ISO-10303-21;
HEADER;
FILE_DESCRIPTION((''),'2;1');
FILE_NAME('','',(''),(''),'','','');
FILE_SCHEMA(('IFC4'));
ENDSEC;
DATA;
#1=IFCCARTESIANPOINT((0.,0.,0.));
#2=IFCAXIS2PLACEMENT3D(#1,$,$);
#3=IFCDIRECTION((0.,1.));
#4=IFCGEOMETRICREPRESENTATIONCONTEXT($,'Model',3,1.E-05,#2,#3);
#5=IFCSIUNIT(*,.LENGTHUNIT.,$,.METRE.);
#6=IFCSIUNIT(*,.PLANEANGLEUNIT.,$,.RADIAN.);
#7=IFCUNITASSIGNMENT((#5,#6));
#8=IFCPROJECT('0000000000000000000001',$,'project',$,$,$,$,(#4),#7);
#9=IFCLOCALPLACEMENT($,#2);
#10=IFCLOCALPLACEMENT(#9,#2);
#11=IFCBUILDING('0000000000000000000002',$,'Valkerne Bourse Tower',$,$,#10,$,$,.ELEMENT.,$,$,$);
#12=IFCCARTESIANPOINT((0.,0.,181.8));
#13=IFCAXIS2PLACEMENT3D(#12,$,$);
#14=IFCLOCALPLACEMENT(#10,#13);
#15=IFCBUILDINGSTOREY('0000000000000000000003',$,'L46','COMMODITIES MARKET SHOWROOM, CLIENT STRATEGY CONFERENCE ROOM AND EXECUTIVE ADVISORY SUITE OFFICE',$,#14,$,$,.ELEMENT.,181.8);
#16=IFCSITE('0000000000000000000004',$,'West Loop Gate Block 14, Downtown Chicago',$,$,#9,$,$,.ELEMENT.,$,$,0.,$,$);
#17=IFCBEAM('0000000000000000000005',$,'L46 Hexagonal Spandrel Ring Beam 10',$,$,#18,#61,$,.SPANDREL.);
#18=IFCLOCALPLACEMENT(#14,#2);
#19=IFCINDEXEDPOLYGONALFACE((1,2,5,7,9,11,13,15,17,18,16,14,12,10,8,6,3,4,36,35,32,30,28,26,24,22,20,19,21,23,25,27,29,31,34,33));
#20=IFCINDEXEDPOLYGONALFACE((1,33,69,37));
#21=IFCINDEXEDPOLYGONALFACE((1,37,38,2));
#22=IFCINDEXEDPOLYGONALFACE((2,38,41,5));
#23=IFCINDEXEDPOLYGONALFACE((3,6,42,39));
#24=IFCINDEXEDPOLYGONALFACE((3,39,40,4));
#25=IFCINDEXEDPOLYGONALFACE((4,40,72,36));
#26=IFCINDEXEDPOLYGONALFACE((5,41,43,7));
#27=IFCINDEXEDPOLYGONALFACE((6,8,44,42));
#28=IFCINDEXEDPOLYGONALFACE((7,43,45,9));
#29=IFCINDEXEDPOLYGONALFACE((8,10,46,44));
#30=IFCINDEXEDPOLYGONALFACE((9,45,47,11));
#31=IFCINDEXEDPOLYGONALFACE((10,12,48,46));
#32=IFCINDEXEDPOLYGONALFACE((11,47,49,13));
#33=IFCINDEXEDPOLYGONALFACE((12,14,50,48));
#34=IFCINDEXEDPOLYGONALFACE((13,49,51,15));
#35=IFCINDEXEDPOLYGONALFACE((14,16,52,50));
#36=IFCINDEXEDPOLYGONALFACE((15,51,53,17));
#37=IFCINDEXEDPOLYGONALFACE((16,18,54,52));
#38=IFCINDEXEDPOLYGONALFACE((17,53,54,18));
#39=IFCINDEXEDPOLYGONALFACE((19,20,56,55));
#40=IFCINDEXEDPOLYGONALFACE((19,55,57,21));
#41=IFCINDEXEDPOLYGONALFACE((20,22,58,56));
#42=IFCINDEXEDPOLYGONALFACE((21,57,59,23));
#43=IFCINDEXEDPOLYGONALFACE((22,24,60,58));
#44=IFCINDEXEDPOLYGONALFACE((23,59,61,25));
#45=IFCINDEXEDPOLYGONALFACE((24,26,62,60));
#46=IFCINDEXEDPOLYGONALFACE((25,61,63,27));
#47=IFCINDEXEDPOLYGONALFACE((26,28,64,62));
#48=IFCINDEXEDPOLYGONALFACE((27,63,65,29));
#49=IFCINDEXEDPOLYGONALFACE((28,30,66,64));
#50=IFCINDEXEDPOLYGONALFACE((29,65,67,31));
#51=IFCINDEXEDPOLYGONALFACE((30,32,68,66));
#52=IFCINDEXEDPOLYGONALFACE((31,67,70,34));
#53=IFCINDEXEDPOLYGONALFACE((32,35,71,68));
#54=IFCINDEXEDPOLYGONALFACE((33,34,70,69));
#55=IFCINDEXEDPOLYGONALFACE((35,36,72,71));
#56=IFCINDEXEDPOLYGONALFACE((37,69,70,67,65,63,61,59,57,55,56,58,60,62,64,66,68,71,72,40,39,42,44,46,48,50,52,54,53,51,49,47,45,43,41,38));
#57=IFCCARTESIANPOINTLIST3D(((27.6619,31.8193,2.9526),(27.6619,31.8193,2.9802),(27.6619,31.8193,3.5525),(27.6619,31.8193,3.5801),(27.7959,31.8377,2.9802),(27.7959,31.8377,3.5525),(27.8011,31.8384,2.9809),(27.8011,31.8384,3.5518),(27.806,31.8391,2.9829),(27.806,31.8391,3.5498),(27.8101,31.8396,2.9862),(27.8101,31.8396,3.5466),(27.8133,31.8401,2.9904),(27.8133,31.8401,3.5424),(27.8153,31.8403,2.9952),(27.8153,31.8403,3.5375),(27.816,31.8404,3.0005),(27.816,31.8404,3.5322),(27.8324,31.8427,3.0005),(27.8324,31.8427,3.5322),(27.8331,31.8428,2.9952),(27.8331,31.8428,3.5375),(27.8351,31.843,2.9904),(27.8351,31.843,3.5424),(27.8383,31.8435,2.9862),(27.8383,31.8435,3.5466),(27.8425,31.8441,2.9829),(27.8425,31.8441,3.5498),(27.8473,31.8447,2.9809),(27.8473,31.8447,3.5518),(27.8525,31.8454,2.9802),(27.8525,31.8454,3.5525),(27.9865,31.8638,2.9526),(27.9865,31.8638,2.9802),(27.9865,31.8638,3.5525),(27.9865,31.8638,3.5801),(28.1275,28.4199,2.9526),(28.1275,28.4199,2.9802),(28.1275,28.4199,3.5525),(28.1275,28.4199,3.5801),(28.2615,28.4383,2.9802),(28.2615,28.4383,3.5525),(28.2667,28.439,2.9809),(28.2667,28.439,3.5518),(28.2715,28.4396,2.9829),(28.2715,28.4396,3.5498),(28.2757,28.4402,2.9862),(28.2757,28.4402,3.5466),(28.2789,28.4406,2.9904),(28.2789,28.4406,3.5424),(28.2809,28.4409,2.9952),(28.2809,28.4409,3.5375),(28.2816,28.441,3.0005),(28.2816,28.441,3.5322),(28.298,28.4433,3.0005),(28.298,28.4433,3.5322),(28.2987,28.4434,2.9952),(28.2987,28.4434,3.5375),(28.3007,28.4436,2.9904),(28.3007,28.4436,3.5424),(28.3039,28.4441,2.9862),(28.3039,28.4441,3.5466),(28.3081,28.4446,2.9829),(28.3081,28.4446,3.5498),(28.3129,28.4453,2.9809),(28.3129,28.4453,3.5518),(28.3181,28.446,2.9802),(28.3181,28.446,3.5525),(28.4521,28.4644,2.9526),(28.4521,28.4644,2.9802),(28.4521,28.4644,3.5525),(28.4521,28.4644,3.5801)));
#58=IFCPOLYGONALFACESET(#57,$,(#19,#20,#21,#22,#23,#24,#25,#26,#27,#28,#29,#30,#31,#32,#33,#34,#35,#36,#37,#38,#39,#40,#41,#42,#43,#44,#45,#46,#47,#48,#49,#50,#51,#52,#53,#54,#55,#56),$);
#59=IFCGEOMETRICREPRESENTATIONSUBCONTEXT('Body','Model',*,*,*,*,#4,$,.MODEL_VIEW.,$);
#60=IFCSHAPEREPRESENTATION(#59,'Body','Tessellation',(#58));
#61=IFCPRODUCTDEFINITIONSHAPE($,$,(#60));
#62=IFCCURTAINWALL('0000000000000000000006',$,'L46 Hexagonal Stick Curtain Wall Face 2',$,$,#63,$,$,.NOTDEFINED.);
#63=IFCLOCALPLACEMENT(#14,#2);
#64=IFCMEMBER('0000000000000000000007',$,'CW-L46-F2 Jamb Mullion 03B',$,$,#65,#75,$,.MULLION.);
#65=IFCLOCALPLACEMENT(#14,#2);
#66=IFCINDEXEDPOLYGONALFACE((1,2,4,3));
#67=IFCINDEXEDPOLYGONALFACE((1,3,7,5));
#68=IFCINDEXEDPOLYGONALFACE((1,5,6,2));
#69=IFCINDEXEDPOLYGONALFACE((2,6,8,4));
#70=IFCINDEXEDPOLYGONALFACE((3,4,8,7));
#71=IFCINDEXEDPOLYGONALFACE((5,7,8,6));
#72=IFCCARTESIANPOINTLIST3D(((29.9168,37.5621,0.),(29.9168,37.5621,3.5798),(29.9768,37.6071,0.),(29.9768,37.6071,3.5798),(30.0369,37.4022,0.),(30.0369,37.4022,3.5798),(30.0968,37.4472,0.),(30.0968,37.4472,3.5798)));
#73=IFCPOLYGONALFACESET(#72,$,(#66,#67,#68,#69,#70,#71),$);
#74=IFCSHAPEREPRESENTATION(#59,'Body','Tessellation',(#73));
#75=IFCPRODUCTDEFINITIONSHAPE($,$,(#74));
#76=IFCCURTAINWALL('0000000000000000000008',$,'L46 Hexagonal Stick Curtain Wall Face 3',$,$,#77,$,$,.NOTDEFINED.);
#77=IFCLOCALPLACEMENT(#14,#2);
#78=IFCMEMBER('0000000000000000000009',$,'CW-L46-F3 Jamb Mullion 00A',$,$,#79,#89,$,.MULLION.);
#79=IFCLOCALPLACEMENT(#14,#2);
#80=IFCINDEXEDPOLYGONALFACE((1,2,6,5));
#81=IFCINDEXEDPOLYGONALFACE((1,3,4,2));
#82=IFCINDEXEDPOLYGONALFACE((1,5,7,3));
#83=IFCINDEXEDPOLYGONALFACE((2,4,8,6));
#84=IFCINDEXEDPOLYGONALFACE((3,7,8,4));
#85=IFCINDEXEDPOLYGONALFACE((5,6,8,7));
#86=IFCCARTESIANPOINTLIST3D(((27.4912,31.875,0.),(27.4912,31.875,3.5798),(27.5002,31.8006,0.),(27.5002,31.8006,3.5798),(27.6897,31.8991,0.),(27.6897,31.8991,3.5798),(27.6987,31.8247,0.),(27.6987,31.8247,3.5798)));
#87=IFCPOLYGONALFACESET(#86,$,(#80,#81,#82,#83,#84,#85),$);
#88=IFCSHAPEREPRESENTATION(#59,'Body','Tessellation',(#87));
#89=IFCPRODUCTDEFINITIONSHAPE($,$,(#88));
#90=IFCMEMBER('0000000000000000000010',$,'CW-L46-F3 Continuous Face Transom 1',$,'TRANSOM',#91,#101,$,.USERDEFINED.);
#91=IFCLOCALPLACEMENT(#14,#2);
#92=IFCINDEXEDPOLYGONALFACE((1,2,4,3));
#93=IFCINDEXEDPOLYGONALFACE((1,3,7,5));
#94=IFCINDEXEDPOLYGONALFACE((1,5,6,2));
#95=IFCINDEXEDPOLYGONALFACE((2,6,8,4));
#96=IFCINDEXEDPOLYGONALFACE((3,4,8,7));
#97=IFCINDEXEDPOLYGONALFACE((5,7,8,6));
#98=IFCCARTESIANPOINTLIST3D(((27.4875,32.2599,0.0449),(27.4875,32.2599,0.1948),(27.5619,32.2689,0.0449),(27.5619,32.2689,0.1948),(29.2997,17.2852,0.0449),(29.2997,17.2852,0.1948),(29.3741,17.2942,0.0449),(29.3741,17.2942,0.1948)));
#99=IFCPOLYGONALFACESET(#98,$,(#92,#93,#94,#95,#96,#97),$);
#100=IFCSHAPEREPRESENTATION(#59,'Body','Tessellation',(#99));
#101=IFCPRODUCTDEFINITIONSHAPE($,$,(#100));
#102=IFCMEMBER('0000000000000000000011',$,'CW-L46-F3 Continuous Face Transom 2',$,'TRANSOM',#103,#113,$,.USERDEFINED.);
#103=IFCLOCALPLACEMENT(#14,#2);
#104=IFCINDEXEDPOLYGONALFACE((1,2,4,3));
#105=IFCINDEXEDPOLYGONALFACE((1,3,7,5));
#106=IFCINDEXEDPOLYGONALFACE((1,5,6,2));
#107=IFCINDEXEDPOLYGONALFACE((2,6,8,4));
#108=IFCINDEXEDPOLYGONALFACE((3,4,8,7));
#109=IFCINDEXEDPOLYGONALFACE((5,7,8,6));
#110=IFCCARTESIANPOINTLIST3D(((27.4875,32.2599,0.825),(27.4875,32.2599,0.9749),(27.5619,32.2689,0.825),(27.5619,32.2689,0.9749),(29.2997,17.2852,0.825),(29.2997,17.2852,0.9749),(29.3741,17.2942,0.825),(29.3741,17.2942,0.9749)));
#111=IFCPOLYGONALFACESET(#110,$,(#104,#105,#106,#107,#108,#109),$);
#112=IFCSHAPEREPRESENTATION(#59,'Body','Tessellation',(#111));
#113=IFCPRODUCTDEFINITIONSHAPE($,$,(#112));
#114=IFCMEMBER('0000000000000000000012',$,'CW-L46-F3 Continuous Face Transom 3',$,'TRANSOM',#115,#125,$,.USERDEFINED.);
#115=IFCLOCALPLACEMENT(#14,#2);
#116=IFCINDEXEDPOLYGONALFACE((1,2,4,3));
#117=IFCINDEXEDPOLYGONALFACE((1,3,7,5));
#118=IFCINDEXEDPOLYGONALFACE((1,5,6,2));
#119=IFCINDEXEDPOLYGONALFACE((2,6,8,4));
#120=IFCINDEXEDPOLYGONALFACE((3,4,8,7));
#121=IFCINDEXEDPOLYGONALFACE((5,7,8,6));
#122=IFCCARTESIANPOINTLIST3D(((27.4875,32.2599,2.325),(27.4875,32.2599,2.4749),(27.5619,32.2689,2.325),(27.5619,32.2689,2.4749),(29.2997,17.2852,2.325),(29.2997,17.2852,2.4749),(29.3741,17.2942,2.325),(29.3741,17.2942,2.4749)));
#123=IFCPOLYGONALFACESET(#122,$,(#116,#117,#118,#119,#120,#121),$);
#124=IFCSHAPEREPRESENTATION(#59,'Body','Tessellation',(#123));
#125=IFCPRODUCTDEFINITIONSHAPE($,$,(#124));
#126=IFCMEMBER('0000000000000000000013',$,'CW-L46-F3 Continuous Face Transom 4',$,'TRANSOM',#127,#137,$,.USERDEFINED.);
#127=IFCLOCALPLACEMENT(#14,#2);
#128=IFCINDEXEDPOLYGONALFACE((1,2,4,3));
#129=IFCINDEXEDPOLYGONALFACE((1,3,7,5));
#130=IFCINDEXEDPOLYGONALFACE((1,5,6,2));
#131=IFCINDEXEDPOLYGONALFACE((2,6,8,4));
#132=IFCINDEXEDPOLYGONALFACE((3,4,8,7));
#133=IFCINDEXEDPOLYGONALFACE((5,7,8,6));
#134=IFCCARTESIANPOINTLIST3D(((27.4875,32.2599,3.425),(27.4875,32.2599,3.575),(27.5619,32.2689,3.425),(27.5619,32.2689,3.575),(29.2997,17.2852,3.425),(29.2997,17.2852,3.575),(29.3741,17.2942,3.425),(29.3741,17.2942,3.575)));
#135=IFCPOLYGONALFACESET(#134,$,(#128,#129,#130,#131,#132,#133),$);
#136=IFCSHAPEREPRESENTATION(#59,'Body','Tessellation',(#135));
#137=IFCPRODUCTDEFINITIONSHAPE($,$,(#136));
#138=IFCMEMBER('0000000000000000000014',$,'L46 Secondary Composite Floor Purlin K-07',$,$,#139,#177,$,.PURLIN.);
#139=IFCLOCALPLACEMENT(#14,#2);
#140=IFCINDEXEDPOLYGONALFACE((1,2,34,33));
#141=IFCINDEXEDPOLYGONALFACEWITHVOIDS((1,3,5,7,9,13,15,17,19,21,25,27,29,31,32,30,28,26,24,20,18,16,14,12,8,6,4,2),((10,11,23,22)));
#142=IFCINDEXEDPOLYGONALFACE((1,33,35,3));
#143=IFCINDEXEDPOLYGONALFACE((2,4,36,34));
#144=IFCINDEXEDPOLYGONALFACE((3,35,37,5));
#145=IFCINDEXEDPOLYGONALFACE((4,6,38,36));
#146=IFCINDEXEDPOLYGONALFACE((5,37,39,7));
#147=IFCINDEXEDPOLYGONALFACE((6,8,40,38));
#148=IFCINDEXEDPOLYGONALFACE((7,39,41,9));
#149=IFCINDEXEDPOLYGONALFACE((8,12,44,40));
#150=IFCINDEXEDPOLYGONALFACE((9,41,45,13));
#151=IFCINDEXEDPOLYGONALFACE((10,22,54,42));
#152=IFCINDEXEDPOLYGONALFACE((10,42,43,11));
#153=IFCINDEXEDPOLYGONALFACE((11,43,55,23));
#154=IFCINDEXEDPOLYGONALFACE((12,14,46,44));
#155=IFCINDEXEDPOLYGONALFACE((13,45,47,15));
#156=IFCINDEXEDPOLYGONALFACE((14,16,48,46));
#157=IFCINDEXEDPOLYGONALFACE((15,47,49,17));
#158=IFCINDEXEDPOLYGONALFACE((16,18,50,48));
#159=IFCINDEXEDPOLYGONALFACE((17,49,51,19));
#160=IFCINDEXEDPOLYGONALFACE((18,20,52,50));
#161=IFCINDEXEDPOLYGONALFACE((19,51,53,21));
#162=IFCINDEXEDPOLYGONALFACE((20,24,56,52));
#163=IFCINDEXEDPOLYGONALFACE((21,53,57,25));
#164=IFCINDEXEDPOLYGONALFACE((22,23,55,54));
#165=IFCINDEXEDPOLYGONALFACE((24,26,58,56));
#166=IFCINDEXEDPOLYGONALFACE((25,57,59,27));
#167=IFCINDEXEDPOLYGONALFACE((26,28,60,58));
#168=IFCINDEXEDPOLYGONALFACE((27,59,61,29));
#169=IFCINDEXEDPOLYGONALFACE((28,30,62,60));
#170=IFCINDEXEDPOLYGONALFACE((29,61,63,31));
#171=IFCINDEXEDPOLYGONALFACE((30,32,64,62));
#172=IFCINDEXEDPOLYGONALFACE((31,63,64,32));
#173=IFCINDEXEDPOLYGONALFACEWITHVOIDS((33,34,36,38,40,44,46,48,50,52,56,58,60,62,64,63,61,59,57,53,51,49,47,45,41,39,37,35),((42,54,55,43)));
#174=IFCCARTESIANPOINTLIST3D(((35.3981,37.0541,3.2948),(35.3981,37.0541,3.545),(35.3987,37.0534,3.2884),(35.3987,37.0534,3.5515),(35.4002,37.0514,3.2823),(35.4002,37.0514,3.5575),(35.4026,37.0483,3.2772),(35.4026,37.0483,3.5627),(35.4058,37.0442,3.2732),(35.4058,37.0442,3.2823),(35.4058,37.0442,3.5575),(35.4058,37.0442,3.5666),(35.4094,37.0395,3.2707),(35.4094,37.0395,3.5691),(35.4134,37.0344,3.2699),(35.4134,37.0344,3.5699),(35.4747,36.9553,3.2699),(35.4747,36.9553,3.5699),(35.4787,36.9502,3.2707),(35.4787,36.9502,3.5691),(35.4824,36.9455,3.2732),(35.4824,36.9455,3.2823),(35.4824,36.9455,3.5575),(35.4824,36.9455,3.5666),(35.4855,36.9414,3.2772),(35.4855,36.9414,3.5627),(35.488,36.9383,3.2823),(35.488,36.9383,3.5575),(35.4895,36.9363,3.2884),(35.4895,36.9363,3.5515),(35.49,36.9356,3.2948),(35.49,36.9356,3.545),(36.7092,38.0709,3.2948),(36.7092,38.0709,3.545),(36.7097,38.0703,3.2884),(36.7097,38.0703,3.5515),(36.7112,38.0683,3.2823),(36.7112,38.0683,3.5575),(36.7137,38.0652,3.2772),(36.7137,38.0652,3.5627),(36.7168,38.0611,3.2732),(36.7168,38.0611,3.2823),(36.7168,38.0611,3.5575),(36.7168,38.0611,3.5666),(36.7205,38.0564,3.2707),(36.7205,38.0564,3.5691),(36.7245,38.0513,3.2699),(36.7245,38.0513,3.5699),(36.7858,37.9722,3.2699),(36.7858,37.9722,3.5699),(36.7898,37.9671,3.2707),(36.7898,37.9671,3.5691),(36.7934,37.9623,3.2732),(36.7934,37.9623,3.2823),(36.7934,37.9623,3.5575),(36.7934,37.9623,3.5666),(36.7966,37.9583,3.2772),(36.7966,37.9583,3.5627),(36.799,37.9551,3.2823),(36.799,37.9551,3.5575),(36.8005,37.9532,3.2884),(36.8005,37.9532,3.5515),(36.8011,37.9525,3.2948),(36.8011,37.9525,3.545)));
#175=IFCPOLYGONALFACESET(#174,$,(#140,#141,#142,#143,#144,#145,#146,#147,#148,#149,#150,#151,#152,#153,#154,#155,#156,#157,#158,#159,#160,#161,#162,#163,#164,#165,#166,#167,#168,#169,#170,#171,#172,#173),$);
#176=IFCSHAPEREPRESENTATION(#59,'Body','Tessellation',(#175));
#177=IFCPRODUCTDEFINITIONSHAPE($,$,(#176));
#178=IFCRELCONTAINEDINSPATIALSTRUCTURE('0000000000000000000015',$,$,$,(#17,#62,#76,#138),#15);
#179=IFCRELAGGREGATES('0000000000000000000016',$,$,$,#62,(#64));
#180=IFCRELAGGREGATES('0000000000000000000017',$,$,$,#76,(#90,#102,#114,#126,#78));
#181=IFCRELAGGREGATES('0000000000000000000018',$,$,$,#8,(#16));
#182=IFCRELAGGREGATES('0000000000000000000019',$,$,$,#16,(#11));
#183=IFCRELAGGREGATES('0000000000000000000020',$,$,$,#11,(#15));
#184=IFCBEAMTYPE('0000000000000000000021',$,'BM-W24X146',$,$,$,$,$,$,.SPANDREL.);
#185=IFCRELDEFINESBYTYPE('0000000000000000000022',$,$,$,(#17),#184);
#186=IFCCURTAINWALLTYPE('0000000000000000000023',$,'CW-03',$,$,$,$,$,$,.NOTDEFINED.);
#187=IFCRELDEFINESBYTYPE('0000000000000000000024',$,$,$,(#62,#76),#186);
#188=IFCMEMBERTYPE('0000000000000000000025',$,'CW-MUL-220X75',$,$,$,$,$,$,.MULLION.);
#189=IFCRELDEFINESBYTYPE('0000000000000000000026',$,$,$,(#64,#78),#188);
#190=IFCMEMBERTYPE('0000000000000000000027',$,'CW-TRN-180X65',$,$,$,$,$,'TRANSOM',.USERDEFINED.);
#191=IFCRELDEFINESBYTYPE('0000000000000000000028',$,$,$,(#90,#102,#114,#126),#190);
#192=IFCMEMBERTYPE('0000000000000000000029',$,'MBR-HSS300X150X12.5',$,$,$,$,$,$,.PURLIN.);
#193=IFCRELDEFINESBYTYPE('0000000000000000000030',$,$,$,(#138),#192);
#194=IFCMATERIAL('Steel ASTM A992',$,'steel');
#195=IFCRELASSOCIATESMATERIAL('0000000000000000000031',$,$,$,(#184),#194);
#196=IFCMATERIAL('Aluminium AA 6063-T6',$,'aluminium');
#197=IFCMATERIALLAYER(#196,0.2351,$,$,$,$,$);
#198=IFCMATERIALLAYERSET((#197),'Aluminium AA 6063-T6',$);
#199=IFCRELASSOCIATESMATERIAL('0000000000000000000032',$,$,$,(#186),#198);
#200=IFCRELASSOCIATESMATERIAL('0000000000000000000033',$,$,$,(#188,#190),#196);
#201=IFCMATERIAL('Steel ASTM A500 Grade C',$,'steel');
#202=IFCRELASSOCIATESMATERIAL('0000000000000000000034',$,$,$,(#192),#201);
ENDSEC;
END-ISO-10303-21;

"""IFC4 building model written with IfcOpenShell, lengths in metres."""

from ifc_helpers import new_model, si_unit, direction, frame, origin, origin_2d, place, context, subcontext, project, spatial, rectangle, hollow_rectangle, i_section, extrude, material, layer, layer_set, material_profile, profile_set, type_object, element, aggregate, save


model = new_model("IFC4")

# Units and contexts
model_context = context("Model", 3, precision=1e-05, world=origin(), true_north=direction((0.0, 1.0)))
body_context = subcontext(model_context, "Body", "Model", "MODEL_VIEW")
ifc_project = project(units=[si_unit("LENGTHUNIT", "METRE"), si_unit("PLANEANGLEUNIT", "RADIAN")], contexts=[model_context])

# Site, building, storey
site_placement = place(None, origin())
site = spatial("IfcSite", under=ifc_project, at=site_placement, Name="West Loop Gate Block 14, Downtown Chicago", CompositionType="ELEMENT", RefElevation=0.0)
building_placement = place(site_placement, origin())
building = spatial("IfcBuilding", under=site, at=building_placement, Name="Valkerne Bourse Tower", CompositionType="ELEMENT")
storey_placement = place(building_placement, frame((0.0, 0.0, 181.8)))
storey = spatial("IfcBuildingStorey", under=building, at=storey_placement, Name="L46", Description="COMMODITIES MARKET SHOWROOM, CLIENT STRATEGY CONFERENCE ROOM AND EXECUTIVE ADVISORY SUITE OFFICE", CompositionType="ELEMENT", Elevation=181.8)

# Beam
ifc_material_1 = material(Name="Steel ASTM A992", Category="steel")
ifc_material_profile_1 = material_profile(ifc_material_1, i_section(OverallWidth=0.3276, OverallDepth=0.6274, WebThickness=0.0166, FlangeThickness=0.0276, FilletRadius=0.0203, at=origin_2d()), Name="W24X146")
ifc_profile_set_1 = profile_set([ifc_material_profile_1], Name="Steel ASTM A992")
beam_type_1 = type_object("IfcBeamType", Name="BM-W24X146", PredefinedType="SPANDREL", material=ifc_profile_set_1)
beam_1_placement = place(storey_placement, frame((27.8242, 31.8416, 3.2664), z_axis=(0.135691, -0.990751, 0.0), x_axis=(0.990751, 0.135691, 0.0)))
element("IfcBeam", 1, at=beam_1_placement, inside=storey, type_object=beam_type_1, Name="L46 Hexagonal Spandrel Ring Beam 10", PredefinedType="SPANDREL", context=body_context, shape_type="SweptSolid", body=[
    extrude(i_section(OverallWidth=0.3276, OverallDepth=0.6274, WebThickness=0.0166, FlangeThickness=0.0276, FilletRadius=0.0203, at=origin_2d()), origin(), (0.0, 0.0, 1.0), 3.4312),
])

# Curtain wall, member
ifc_material_2 = material(Name="Aluminium AA 6063-T6", Category="aluminium")
ifc_layer_1 = layer(ifc_material_2, 0.2351)
ifc_layer_set_1 = layer_set([ifc_layer_1], Name="Aluminium AA 6063-T6")
curtain_wall_type = type_object("IfcCurtainWallType", Name="CW-03", PredefinedType="NOTDEFINED", material=ifc_layer_set_1)
curtain_wall_1_placement = place(storey_placement, origin())
curtain_wall_1 = element("IfcCurtainWall", 2, at=curtain_wall_1_placement, inside=storey, type_object=curtain_wall_type, Name="L46 Hexagonal Stick Curtain Wall Face 2", PredefinedType="NOTDEFINED")
ifc_material_profile_2 = material_profile(ifc_material_2, rectangle(XDim=0.075, YDim=0.2, at=origin_2d()), Name="CWM-75X200")
ifc_profile_set_2 = profile_set([ifc_material_profile_2], Name="Aluminium AA 6063-T6")
member_type_1 = type_object("IfcMemberType", Name="CW-MUL-220X75", PredefinedType="MULLION", material=ifc_profile_set_2)
member_1_placement = place(storey_placement, frame((30.0068, 37.5046, 0.0), z_axis=(0.0, 0.0, 1.0), x_axis=(-0.799682, -0.600424, 0.0)))
member_1 = element("IfcMember", 3, at=member_1_placement, type_object=member_type_1, Name="CW-L46-F2 Jamb Mullion 03B", PredefinedType="MULLION", context=body_context, shape_type="SweptSolid", body=[
    extrude(rectangle(XDim=0.075, YDim=0.2, at=origin_2d()), origin(), (0.0, 0.0, 1.0), 3.5798),
])
aggregate(curtain_wall_1, [member_1])

# Curtain wall, members
curtain_wall_2_placement = place(storey_placement, origin())
curtain_wall_2 = element("IfcCurtainWall", 4, at=curtain_wall_2_placement, inside=storey, type_object=curtain_wall_type, Name="L46 Hexagonal Stick Curtain Wall Face 3", PredefinedType="NOTDEFINED")
member_2_placement = place(storey_placement, frame((27.595, 31.8499, 0.0), z_axis=(0.0, 0.0, 1.0), x_axis=(0.120127, -0.992759, 0.0)))
member_2 = element("IfcMember", 5, at=member_2_placement, type_object=member_type_1, Name="CW-L46-F3 Jamb Mullion 00A", PredefinedType="MULLION", context=body_context, shape_type="SweptSolid", body=[
    extrude(rectangle(XDim=0.075, YDim=0.2, at=origin_2d()), origin(), (0.0, 0.0, 1.0), 3.5798),
])
ifc_material_profile_3 = material_profile(ifc_material_2, rectangle(XDim=0.075, YDim=0.1499, at=origin_2d()), Name="CWT-75X150")
ifc_profile_set_3 = profile_set([ifc_material_profile_3], Name="Aluminium AA 6063-T6")
member_type_2 = type_object("IfcMemberType", Name="CW-TRN-180X65", ElementType="TRANSOM", PredefinedType="USERDEFINED", material=ifc_profile_set_3)
member_3_placement = place(storey_placement, frame((27.5247, 32.2644, 0.1199), z_axis=(0.120145, -0.992756, 0.0), x_axis=(0.992756, 0.120145, 0.0)))
member_3 = element("IfcMember", 6, at=member_3_placement, type_object=member_type_2, Name="CW-L46-F3 Continuous Face Transom 1", ObjectType="TRANSOM", PredefinedType="USERDEFINED", context=body_context, shape_type="SweptSolid", body=[
    extrude(rectangle(XDim=0.075, YDim=0.1499, at=origin_2d()), origin(), (0.0, 0.0, 1.0), 15.084),
])
member_4_placement = place(storey_placement, frame((27.5247, 32.2644, 0.8999), z_axis=(0.120145, -0.992756, 0.0), x_axis=(0.992756, 0.120145, 0.0)))
member_4 = element("IfcMember", 7, at=member_4_placement, type_object=member_type_2, Name="CW-L46-F3 Continuous Face Transom 2", ObjectType="TRANSOM", PredefinedType="USERDEFINED", context=body_context, shape_type="SweptSolid", body=[
    extrude(rectangle(XDim=0.075, YDim=0.1499, at=origin_2d()), origin(), (0.0, 0.0, 1.0), 15.084),
])
member_5_placement = place(storey_placement, frame((27.5247, 32.2644, 2.3999), z_axis=(0.120145, -0.992756, 0.0), x_axis=(0.992756, 0.120145, 0.0)))
member_5 = element("IfcMember", 8, at=member_5_placement, type_object=member_type_2, Name="CW-L46-F3 Continuous Face Transom 3", ObjectType="TRANSOM", PredefinedType="USERDEFINED", context=body_context, shape_type="SweptSolid", body=[
    extrude(rectangle(XDim=0.075, YDim=0.1499, at=origin_2d()), origin(), (0.0, 0.0, 1.0), 15.084),
])
member_6_placement = place(storey_placement, frame((27.5247, 32.2644, 3.5), z_axis=(0.120145, -0.992756, 0.0), x_axis=(0.992756, 0.120145, 0.0)))
member_6 = element("IfcMember", 9, at=member_6_placement, type_object=member_type_2, Name="CW-L46-F3 Continuous Face Transom 4", ObjectType="TRANSOM", PredefinedType="USERDEFINED", context=body_context, shape_type="SweptSolid", body=[
    extrude(rectangle(XDim=0.075, YDim=0.1499, at=origin_2d()), origin(), (0.0, 0.0, 1.0), 15.084),
])

# Member
ifc_material_3 = material(Name="Steel ASTM A500 Grade C", Category="steel")
ifc_material_profile_4 = material_profile(ifc_material_3, hollow_rectangle(XDim=0.1499, YDim=0.3, WallThickness=0.0125, OuterFilletRadius=0.0249, at=origin_2d()), Name="HSS300X150X12.5")
ifc_profile_set_4 = profile_set([ifc_material_profile_4], Name="Steel ASTM A500 Grade C")
member_type_3 = type_object("IfcMemberType", Name="MBR-HSS300X150X12.5", PredefinedType="PURLIN", material=ifc_profile_set_4)
member_7_placement = place(storey_placement, frame((36.7551, 38.0117, 3.4199), z_axis=(-0.790183, -0.61287, 0.0), x_axis=(0.61287, -0.790183, 0.0)))
element("IfcMember", 10, at=member_7_placement, inside=storey, type_object=member_type_3, Name="L46 Secondary Composite Floor Purlin K-07", PredefinedType="PURLIN", context=body_context, shape_type="SweptSolid", body=[
    extrude(hollow_rectangle(XDim=0.1499, YDim=0.3, WallThickness=0.0125, OuterFilletRadius=0.0249, at=origin_2d()), origin(), (0.0, 0.0, 1.0), 1.6592),
])

aggregate(curtain_wall_2, [member_3, member_4, member_5, member_6, member_2])

save(model, "model.ifc")
